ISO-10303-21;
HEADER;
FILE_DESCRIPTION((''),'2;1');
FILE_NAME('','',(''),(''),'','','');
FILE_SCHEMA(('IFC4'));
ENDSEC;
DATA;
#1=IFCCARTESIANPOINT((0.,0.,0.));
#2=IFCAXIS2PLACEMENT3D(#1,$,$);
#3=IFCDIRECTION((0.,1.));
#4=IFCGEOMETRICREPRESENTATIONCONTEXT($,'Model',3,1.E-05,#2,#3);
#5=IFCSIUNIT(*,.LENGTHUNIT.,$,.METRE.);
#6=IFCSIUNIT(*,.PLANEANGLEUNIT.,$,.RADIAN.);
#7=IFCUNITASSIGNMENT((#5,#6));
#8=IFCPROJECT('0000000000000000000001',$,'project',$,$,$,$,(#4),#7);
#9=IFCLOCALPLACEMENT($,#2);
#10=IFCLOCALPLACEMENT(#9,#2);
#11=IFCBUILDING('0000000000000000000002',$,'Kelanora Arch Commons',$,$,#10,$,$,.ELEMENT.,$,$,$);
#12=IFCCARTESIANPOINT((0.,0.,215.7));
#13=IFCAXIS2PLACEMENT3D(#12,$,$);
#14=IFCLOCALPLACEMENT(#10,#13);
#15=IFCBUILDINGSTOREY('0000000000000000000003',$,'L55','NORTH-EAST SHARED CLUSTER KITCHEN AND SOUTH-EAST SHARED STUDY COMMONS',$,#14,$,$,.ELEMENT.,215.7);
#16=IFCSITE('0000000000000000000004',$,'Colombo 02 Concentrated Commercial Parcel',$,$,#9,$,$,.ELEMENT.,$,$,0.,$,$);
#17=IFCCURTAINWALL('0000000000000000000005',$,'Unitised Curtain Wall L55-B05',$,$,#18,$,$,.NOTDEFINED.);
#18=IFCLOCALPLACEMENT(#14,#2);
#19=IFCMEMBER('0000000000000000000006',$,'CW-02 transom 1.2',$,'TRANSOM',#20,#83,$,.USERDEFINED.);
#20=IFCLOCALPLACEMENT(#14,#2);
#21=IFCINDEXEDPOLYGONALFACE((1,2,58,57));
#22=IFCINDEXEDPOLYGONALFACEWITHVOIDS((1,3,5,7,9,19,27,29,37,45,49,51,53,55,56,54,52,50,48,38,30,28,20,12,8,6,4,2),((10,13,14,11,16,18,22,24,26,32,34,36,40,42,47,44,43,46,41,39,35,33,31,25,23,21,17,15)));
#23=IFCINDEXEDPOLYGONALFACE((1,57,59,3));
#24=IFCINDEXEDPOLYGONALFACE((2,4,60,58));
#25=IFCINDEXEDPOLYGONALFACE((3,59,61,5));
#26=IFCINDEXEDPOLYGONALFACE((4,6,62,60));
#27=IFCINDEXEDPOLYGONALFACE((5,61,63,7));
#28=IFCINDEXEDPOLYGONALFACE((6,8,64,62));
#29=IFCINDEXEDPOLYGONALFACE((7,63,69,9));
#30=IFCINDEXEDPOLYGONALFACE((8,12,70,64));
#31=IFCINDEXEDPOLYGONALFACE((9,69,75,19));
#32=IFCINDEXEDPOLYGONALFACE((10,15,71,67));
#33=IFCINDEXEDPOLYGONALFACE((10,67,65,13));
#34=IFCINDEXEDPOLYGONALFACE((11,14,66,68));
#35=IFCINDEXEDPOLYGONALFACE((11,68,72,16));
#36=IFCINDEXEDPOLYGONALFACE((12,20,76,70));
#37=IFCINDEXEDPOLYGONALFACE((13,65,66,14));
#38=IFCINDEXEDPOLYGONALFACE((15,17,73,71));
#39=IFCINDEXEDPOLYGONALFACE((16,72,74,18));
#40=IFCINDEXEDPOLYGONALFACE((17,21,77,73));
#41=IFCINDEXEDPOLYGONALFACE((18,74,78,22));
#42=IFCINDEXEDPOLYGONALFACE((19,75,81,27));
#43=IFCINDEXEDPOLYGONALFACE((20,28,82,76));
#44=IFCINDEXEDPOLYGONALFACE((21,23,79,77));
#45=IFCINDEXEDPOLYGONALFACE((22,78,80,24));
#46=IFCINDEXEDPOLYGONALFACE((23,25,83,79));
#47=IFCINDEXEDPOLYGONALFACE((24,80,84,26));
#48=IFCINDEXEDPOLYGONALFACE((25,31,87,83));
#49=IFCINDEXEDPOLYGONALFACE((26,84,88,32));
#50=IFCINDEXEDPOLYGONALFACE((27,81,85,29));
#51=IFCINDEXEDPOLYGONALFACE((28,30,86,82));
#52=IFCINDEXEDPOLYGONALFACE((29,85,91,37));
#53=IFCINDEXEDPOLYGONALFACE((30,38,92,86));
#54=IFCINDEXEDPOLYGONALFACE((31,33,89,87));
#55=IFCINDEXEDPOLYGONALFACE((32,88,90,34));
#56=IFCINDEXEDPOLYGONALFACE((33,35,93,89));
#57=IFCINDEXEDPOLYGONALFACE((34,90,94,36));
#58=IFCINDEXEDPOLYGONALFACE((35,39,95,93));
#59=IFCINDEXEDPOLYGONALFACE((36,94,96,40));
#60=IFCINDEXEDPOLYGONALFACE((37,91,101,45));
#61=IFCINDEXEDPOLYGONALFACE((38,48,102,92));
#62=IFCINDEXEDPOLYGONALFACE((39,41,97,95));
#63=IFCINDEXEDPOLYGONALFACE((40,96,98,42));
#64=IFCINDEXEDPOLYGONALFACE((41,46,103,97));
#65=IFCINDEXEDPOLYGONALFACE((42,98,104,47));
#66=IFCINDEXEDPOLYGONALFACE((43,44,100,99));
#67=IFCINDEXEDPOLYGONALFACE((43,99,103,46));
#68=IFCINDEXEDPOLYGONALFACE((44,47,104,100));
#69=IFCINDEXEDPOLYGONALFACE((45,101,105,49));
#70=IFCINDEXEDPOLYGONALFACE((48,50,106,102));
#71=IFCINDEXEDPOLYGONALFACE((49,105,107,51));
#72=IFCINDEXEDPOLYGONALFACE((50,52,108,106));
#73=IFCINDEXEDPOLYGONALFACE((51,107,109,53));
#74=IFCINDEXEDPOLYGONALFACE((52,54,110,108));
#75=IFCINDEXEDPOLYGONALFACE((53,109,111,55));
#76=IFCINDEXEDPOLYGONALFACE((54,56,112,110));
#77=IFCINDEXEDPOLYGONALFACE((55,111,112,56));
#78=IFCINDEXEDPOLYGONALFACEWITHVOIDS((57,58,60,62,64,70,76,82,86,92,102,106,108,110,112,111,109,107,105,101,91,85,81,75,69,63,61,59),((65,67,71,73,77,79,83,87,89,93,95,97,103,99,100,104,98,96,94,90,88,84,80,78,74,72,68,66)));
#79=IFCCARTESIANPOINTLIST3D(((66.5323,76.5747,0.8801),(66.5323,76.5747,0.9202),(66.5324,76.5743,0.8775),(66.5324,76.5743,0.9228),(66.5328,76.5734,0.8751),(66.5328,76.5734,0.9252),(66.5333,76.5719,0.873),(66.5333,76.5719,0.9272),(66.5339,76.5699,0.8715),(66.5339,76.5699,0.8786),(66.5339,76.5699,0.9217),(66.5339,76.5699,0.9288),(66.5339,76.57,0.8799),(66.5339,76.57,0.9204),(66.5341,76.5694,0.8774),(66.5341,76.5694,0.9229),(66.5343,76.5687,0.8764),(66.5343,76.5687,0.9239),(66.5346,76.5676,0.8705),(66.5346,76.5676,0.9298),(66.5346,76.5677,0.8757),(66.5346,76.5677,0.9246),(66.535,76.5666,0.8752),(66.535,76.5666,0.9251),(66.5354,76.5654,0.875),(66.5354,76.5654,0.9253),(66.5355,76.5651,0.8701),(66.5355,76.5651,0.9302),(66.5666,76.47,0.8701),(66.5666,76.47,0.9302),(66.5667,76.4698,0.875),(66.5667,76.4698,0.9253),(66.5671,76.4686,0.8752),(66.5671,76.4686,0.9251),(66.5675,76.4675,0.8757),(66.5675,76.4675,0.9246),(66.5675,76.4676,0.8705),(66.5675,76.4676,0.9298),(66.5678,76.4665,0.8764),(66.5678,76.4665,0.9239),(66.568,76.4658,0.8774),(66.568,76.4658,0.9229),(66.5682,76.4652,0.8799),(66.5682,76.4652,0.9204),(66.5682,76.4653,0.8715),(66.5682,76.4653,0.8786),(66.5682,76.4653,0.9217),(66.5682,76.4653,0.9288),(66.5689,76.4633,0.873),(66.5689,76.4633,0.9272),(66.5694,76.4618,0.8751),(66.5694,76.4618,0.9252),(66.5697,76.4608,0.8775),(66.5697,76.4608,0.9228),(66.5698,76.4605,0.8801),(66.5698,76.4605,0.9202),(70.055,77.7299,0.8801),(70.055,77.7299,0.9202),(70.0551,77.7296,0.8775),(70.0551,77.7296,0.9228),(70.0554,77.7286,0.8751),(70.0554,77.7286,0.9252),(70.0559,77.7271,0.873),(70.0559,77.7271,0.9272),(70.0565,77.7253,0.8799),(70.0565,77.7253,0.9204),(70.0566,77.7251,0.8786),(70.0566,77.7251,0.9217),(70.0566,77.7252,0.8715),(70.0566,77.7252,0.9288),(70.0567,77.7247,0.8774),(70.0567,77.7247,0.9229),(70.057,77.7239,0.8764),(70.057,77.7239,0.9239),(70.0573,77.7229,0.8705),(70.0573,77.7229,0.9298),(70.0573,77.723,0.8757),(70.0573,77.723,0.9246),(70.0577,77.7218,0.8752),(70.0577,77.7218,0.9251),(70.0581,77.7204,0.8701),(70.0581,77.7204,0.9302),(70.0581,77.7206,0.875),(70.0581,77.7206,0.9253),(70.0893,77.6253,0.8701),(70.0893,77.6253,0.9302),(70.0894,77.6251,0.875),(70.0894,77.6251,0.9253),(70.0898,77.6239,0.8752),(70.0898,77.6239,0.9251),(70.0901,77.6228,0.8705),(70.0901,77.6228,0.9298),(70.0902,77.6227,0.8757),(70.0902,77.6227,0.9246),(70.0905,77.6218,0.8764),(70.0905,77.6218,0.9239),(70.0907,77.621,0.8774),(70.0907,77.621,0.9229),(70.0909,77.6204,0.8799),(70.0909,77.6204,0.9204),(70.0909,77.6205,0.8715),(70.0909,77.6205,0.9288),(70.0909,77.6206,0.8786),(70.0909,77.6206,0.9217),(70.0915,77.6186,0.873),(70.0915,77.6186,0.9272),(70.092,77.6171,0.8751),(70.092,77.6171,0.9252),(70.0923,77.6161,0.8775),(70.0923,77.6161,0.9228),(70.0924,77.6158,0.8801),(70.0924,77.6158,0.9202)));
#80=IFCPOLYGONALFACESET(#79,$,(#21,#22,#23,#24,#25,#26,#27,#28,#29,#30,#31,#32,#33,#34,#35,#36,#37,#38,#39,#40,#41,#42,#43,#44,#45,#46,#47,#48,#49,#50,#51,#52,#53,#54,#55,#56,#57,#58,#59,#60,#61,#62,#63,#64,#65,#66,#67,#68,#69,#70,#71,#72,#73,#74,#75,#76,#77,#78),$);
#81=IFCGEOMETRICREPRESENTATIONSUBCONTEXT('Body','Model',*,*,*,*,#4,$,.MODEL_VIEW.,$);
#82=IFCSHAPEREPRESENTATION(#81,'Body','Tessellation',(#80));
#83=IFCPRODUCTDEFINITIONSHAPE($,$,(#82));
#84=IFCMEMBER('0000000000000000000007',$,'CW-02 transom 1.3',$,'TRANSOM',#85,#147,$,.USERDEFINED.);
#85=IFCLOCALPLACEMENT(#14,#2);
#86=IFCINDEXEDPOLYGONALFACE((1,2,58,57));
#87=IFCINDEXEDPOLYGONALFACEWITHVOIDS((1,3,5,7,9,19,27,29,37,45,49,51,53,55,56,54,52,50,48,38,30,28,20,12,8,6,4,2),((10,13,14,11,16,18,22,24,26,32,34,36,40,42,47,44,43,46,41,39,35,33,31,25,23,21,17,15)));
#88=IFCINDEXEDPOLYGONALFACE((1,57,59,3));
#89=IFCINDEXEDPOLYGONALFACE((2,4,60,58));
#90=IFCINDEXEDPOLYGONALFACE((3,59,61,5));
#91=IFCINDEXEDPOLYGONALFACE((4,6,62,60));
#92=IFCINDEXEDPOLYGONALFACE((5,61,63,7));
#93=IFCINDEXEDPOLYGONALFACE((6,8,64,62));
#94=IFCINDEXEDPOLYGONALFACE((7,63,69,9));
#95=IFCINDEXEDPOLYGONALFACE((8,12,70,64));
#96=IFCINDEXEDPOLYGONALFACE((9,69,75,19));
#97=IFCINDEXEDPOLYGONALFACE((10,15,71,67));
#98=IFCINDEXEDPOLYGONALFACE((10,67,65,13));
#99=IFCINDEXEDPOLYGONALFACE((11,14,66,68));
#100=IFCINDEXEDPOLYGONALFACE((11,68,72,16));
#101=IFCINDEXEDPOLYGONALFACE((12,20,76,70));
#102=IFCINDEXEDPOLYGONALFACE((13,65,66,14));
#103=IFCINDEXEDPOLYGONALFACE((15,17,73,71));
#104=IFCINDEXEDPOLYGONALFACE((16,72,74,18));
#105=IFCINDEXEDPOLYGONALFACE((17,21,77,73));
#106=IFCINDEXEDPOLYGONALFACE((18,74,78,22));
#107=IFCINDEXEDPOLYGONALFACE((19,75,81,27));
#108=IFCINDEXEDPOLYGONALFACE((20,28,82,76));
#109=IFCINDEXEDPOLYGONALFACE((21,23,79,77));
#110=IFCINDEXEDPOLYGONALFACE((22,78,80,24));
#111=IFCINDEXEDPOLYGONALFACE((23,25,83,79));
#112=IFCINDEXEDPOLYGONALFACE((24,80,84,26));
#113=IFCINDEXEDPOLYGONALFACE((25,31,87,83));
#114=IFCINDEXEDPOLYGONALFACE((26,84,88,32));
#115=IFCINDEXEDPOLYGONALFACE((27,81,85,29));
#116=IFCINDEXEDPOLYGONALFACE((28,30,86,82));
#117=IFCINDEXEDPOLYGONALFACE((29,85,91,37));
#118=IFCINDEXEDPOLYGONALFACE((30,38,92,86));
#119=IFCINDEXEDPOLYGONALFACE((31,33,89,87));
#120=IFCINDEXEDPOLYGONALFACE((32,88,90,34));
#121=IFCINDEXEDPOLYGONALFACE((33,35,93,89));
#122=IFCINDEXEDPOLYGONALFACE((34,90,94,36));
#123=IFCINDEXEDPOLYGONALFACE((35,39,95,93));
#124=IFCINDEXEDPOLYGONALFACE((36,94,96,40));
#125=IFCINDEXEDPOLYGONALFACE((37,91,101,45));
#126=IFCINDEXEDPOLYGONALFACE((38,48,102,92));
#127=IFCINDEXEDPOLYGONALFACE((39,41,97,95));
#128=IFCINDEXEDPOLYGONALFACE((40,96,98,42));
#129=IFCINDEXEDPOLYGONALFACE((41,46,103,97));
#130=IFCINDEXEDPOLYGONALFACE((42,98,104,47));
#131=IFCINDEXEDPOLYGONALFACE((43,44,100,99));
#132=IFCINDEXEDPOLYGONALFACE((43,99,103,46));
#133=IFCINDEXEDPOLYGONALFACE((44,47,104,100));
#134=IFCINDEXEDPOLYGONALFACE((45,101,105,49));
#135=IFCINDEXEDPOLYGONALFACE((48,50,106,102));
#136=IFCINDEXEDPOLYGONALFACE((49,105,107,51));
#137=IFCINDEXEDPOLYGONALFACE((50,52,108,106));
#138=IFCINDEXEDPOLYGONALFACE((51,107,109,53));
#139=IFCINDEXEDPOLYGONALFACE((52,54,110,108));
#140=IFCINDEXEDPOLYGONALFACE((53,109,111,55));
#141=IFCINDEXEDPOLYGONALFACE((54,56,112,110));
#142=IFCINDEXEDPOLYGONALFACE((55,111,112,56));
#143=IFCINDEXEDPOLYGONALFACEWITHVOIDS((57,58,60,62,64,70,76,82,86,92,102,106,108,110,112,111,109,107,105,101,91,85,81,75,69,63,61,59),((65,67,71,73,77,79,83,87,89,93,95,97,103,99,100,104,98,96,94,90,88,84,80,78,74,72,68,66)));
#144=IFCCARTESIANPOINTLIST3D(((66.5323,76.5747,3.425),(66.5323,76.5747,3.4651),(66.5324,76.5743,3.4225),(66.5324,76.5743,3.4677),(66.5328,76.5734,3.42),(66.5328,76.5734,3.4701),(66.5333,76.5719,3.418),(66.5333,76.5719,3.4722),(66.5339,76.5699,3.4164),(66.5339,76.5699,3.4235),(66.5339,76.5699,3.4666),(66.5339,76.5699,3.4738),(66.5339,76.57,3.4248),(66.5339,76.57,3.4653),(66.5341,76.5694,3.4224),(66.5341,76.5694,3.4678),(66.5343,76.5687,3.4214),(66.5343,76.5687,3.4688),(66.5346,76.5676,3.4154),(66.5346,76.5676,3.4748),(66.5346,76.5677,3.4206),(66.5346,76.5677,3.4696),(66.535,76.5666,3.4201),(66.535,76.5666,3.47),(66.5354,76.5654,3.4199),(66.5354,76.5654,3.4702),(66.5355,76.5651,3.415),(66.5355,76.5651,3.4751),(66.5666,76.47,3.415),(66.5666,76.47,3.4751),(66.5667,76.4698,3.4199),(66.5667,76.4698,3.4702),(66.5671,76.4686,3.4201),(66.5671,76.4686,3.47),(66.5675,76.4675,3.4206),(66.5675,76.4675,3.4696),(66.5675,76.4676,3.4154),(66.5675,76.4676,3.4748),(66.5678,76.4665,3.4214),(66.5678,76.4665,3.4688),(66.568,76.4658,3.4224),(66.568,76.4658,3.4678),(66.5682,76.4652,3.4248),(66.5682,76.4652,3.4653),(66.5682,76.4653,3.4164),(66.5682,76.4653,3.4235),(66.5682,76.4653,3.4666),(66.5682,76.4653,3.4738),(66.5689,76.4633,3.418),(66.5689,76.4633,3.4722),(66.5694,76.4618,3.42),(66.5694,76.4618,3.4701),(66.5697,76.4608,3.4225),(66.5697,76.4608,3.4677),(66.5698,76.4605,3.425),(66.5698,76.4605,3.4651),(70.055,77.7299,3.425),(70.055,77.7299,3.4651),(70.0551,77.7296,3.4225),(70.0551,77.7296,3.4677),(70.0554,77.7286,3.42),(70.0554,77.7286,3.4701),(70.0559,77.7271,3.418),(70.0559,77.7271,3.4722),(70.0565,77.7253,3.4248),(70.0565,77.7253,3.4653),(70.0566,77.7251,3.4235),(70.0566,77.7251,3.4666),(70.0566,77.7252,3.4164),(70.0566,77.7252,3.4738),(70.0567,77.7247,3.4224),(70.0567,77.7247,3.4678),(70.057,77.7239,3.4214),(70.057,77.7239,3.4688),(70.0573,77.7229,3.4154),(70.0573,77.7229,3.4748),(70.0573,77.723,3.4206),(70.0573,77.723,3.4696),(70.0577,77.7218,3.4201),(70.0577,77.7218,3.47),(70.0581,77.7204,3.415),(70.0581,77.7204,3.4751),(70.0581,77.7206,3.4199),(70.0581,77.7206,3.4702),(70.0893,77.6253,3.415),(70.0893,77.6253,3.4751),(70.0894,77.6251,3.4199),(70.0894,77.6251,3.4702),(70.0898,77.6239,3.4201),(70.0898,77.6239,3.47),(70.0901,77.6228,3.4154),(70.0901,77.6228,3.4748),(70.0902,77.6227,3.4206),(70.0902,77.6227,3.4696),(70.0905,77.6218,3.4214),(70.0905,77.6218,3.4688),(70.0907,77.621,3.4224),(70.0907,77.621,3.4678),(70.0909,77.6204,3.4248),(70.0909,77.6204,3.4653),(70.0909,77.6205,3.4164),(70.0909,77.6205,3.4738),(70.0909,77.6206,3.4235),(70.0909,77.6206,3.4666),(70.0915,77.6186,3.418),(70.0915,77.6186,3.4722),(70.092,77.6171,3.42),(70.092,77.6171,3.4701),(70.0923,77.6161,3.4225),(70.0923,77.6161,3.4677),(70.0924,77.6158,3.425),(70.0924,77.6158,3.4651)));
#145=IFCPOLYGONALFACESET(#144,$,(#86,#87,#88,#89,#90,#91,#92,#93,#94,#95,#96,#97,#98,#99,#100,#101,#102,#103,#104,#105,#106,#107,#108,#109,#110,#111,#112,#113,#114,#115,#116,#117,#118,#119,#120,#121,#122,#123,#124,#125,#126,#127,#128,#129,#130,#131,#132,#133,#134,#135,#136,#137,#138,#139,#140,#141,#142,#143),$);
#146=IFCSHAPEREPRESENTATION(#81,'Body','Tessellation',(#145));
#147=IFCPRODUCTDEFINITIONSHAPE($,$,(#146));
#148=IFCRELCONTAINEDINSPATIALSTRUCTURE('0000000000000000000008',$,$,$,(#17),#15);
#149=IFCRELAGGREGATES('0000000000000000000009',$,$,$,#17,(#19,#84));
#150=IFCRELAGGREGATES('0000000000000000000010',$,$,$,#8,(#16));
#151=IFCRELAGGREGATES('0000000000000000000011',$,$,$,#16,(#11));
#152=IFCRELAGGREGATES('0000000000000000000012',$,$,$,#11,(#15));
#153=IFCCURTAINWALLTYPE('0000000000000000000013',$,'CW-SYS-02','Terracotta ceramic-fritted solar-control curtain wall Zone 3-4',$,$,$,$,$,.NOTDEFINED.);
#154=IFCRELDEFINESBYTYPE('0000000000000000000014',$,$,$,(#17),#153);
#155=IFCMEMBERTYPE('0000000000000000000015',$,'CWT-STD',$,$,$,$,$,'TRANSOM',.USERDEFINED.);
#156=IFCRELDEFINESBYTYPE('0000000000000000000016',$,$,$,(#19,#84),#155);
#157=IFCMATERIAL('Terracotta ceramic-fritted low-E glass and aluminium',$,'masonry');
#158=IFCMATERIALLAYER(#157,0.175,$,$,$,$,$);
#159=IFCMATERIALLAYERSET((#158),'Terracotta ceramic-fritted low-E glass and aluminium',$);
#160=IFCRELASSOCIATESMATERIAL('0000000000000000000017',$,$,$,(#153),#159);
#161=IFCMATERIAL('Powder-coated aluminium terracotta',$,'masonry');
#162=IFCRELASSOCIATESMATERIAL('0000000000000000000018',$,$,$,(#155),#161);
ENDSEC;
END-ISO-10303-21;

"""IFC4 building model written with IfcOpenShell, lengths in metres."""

from ifc_helpers import new_model, si_unit, direction, frame, origin, origin_2d, place, context, subcontext, project, spatial, hollow_rectangle, extrude, material, layer, layer_set, material_profile, profile_set, type_object, element, aggregate, save


model = new_model("IFC4")

# Units and contexts
model_context = context("Model", 3, precision=1e-05, world=origin(), true_north=direction((0.0, 1.0)))
body_context = subcontext(model_context, "Body", "Model", "MODEL_VIEW")
ifc_project = project(units=[si_unit("LENGTHUNIT", "METRE"), si_unit("PLANEANGLEUNIT", "RADIAN")], contexts=[model_context])

# Site, building, storey
site_placement = place(None, origin())
site = spatial("IfcSite", under=ifc_project, at=site_placement, Name="Colombo 02 Concentrated Commercial Parcel", CompositionType="ELEMENT", RefElevation=0.0)
building_placement = place(site_placement, origin())
building = spatial("IfcBuilding", under=site, at=building_placement, Name="Kelanora Arch Commons", CompositionType="ELEMENT")
storey_placement = place(building_placement, frame((0.0, 0.0, 215.7)))
storey = spatial("IfcBuildingStorey", under=building, at=storey_placement, Name="L55", Description="NORTH-EAST SHARED CLUSTER KITCHEN AND SOUTH-EAST SHARED STUDY COMMONS", CompositionType="ELEMENT", Elevation=215.7)

# Curtain wall, members
ifc_material_1 = material(Name="Terracotta ceramic-fritted low-E glass and aluminium", Category="masonry")
ifc_layer_1 = layer(ifc_material_1, 0.175)
ifc_layer_set_1 = layer_set([ifc_layer_1], Name="Terracotta ceramic-fritted low-E glass and aluminium")
curtain_wall_type = type_object("IfcCurtainWallType", Name="CW-SYS-02", Description="Terracotta ceramic-fritted solar-control curtain wall Zone 3-4", PredefinedType="NOTDEFINED", material=ifc_layer_set_1)
curtain_wall_placement = place(storey_placement, origin())
curtain_wall = element("IfcCurtainWall", 1, at=curtain_wall_placement, inside=storey, type_object=curtain_wall_type, Name="Unitised Curtain Wall L55-B05", PredefinedType="NOTDEFINED")
ifc_material_2 = material(Name="Powder-coated aluminium terracotta", Category="masonry")
ifc_material_profile_1 = material_profile(ifc_material_2, hollow_rectangle(XDim=0.1201, YDim=0.0601, WallThickness=0.0049, InnerFilletRadius=0.0049, OuterFilletRadius=0.01, at=origin_2d()), Name="CWT120x60")
ifc_profile_set_1 = profile_set([ifc_material_profile_1], Name="Powder-coated aluminium terracotta")
member_type_1 = type_object("IfcMemberType", Name="CWT-STD", ElementType="TRANSOM", PredefinedType="USERDEFINED", material=ifc_profile_set_1)
member_1_placement = place(storey_placement, frame((70.0737, 77.6729, 0.9001), z_axis=(-0.950207, -0.311621, 0.0), x_axis=(0.311621, -0.950207, 0.0)))
member_1 = element("IfcMember", 2, at=member_1_placement, type_object=member_type_1, Name="CW-02 transom 1.2", ObjectType="TRANSOM", PredefinedType="USERDEFINED", context=body_context, shape_type="SweptSolid", body=[
    extrude(hollow_rectangle(XDim=0.1201, YDim=0.0601, WallThickness=0.0049, InnerFilletRadius=0.0049, OuterFilletRadius=0.01, at=origin_2d()), origin(), (0.0, 0.0, 1.0), 3.7073),
])
member_2_placement = place(storey_placement, frame((70.0737, 77.6729, 3.4451), z_axis=(-0.950207, -0.311621, 0.0), x_axis=(0.311621, -0.950207, 0.0)))
member_2 = element("IfcMember", 3, at=member_2_placement, type_object=member_type_1, Name="CW-02 transom 1.3", ObjectType="TRANSOM", PredefinedType="USERDEFINED", context=body_context, shape_type="SweptSolid", body=[
    extrude(hollow_rectangle(XDim=0.1201, YDim=0.0601, WallThickness=0.0049, InnerFilletRadius=0.0049, OuterFilletRadius=0.01, at=origin_2d()), origin(), (0.0, 0.0, 1.0), 3.7073),
])
aggregate(curtain_wall, [member_1, member_2])

save(model, "model.ifc")
